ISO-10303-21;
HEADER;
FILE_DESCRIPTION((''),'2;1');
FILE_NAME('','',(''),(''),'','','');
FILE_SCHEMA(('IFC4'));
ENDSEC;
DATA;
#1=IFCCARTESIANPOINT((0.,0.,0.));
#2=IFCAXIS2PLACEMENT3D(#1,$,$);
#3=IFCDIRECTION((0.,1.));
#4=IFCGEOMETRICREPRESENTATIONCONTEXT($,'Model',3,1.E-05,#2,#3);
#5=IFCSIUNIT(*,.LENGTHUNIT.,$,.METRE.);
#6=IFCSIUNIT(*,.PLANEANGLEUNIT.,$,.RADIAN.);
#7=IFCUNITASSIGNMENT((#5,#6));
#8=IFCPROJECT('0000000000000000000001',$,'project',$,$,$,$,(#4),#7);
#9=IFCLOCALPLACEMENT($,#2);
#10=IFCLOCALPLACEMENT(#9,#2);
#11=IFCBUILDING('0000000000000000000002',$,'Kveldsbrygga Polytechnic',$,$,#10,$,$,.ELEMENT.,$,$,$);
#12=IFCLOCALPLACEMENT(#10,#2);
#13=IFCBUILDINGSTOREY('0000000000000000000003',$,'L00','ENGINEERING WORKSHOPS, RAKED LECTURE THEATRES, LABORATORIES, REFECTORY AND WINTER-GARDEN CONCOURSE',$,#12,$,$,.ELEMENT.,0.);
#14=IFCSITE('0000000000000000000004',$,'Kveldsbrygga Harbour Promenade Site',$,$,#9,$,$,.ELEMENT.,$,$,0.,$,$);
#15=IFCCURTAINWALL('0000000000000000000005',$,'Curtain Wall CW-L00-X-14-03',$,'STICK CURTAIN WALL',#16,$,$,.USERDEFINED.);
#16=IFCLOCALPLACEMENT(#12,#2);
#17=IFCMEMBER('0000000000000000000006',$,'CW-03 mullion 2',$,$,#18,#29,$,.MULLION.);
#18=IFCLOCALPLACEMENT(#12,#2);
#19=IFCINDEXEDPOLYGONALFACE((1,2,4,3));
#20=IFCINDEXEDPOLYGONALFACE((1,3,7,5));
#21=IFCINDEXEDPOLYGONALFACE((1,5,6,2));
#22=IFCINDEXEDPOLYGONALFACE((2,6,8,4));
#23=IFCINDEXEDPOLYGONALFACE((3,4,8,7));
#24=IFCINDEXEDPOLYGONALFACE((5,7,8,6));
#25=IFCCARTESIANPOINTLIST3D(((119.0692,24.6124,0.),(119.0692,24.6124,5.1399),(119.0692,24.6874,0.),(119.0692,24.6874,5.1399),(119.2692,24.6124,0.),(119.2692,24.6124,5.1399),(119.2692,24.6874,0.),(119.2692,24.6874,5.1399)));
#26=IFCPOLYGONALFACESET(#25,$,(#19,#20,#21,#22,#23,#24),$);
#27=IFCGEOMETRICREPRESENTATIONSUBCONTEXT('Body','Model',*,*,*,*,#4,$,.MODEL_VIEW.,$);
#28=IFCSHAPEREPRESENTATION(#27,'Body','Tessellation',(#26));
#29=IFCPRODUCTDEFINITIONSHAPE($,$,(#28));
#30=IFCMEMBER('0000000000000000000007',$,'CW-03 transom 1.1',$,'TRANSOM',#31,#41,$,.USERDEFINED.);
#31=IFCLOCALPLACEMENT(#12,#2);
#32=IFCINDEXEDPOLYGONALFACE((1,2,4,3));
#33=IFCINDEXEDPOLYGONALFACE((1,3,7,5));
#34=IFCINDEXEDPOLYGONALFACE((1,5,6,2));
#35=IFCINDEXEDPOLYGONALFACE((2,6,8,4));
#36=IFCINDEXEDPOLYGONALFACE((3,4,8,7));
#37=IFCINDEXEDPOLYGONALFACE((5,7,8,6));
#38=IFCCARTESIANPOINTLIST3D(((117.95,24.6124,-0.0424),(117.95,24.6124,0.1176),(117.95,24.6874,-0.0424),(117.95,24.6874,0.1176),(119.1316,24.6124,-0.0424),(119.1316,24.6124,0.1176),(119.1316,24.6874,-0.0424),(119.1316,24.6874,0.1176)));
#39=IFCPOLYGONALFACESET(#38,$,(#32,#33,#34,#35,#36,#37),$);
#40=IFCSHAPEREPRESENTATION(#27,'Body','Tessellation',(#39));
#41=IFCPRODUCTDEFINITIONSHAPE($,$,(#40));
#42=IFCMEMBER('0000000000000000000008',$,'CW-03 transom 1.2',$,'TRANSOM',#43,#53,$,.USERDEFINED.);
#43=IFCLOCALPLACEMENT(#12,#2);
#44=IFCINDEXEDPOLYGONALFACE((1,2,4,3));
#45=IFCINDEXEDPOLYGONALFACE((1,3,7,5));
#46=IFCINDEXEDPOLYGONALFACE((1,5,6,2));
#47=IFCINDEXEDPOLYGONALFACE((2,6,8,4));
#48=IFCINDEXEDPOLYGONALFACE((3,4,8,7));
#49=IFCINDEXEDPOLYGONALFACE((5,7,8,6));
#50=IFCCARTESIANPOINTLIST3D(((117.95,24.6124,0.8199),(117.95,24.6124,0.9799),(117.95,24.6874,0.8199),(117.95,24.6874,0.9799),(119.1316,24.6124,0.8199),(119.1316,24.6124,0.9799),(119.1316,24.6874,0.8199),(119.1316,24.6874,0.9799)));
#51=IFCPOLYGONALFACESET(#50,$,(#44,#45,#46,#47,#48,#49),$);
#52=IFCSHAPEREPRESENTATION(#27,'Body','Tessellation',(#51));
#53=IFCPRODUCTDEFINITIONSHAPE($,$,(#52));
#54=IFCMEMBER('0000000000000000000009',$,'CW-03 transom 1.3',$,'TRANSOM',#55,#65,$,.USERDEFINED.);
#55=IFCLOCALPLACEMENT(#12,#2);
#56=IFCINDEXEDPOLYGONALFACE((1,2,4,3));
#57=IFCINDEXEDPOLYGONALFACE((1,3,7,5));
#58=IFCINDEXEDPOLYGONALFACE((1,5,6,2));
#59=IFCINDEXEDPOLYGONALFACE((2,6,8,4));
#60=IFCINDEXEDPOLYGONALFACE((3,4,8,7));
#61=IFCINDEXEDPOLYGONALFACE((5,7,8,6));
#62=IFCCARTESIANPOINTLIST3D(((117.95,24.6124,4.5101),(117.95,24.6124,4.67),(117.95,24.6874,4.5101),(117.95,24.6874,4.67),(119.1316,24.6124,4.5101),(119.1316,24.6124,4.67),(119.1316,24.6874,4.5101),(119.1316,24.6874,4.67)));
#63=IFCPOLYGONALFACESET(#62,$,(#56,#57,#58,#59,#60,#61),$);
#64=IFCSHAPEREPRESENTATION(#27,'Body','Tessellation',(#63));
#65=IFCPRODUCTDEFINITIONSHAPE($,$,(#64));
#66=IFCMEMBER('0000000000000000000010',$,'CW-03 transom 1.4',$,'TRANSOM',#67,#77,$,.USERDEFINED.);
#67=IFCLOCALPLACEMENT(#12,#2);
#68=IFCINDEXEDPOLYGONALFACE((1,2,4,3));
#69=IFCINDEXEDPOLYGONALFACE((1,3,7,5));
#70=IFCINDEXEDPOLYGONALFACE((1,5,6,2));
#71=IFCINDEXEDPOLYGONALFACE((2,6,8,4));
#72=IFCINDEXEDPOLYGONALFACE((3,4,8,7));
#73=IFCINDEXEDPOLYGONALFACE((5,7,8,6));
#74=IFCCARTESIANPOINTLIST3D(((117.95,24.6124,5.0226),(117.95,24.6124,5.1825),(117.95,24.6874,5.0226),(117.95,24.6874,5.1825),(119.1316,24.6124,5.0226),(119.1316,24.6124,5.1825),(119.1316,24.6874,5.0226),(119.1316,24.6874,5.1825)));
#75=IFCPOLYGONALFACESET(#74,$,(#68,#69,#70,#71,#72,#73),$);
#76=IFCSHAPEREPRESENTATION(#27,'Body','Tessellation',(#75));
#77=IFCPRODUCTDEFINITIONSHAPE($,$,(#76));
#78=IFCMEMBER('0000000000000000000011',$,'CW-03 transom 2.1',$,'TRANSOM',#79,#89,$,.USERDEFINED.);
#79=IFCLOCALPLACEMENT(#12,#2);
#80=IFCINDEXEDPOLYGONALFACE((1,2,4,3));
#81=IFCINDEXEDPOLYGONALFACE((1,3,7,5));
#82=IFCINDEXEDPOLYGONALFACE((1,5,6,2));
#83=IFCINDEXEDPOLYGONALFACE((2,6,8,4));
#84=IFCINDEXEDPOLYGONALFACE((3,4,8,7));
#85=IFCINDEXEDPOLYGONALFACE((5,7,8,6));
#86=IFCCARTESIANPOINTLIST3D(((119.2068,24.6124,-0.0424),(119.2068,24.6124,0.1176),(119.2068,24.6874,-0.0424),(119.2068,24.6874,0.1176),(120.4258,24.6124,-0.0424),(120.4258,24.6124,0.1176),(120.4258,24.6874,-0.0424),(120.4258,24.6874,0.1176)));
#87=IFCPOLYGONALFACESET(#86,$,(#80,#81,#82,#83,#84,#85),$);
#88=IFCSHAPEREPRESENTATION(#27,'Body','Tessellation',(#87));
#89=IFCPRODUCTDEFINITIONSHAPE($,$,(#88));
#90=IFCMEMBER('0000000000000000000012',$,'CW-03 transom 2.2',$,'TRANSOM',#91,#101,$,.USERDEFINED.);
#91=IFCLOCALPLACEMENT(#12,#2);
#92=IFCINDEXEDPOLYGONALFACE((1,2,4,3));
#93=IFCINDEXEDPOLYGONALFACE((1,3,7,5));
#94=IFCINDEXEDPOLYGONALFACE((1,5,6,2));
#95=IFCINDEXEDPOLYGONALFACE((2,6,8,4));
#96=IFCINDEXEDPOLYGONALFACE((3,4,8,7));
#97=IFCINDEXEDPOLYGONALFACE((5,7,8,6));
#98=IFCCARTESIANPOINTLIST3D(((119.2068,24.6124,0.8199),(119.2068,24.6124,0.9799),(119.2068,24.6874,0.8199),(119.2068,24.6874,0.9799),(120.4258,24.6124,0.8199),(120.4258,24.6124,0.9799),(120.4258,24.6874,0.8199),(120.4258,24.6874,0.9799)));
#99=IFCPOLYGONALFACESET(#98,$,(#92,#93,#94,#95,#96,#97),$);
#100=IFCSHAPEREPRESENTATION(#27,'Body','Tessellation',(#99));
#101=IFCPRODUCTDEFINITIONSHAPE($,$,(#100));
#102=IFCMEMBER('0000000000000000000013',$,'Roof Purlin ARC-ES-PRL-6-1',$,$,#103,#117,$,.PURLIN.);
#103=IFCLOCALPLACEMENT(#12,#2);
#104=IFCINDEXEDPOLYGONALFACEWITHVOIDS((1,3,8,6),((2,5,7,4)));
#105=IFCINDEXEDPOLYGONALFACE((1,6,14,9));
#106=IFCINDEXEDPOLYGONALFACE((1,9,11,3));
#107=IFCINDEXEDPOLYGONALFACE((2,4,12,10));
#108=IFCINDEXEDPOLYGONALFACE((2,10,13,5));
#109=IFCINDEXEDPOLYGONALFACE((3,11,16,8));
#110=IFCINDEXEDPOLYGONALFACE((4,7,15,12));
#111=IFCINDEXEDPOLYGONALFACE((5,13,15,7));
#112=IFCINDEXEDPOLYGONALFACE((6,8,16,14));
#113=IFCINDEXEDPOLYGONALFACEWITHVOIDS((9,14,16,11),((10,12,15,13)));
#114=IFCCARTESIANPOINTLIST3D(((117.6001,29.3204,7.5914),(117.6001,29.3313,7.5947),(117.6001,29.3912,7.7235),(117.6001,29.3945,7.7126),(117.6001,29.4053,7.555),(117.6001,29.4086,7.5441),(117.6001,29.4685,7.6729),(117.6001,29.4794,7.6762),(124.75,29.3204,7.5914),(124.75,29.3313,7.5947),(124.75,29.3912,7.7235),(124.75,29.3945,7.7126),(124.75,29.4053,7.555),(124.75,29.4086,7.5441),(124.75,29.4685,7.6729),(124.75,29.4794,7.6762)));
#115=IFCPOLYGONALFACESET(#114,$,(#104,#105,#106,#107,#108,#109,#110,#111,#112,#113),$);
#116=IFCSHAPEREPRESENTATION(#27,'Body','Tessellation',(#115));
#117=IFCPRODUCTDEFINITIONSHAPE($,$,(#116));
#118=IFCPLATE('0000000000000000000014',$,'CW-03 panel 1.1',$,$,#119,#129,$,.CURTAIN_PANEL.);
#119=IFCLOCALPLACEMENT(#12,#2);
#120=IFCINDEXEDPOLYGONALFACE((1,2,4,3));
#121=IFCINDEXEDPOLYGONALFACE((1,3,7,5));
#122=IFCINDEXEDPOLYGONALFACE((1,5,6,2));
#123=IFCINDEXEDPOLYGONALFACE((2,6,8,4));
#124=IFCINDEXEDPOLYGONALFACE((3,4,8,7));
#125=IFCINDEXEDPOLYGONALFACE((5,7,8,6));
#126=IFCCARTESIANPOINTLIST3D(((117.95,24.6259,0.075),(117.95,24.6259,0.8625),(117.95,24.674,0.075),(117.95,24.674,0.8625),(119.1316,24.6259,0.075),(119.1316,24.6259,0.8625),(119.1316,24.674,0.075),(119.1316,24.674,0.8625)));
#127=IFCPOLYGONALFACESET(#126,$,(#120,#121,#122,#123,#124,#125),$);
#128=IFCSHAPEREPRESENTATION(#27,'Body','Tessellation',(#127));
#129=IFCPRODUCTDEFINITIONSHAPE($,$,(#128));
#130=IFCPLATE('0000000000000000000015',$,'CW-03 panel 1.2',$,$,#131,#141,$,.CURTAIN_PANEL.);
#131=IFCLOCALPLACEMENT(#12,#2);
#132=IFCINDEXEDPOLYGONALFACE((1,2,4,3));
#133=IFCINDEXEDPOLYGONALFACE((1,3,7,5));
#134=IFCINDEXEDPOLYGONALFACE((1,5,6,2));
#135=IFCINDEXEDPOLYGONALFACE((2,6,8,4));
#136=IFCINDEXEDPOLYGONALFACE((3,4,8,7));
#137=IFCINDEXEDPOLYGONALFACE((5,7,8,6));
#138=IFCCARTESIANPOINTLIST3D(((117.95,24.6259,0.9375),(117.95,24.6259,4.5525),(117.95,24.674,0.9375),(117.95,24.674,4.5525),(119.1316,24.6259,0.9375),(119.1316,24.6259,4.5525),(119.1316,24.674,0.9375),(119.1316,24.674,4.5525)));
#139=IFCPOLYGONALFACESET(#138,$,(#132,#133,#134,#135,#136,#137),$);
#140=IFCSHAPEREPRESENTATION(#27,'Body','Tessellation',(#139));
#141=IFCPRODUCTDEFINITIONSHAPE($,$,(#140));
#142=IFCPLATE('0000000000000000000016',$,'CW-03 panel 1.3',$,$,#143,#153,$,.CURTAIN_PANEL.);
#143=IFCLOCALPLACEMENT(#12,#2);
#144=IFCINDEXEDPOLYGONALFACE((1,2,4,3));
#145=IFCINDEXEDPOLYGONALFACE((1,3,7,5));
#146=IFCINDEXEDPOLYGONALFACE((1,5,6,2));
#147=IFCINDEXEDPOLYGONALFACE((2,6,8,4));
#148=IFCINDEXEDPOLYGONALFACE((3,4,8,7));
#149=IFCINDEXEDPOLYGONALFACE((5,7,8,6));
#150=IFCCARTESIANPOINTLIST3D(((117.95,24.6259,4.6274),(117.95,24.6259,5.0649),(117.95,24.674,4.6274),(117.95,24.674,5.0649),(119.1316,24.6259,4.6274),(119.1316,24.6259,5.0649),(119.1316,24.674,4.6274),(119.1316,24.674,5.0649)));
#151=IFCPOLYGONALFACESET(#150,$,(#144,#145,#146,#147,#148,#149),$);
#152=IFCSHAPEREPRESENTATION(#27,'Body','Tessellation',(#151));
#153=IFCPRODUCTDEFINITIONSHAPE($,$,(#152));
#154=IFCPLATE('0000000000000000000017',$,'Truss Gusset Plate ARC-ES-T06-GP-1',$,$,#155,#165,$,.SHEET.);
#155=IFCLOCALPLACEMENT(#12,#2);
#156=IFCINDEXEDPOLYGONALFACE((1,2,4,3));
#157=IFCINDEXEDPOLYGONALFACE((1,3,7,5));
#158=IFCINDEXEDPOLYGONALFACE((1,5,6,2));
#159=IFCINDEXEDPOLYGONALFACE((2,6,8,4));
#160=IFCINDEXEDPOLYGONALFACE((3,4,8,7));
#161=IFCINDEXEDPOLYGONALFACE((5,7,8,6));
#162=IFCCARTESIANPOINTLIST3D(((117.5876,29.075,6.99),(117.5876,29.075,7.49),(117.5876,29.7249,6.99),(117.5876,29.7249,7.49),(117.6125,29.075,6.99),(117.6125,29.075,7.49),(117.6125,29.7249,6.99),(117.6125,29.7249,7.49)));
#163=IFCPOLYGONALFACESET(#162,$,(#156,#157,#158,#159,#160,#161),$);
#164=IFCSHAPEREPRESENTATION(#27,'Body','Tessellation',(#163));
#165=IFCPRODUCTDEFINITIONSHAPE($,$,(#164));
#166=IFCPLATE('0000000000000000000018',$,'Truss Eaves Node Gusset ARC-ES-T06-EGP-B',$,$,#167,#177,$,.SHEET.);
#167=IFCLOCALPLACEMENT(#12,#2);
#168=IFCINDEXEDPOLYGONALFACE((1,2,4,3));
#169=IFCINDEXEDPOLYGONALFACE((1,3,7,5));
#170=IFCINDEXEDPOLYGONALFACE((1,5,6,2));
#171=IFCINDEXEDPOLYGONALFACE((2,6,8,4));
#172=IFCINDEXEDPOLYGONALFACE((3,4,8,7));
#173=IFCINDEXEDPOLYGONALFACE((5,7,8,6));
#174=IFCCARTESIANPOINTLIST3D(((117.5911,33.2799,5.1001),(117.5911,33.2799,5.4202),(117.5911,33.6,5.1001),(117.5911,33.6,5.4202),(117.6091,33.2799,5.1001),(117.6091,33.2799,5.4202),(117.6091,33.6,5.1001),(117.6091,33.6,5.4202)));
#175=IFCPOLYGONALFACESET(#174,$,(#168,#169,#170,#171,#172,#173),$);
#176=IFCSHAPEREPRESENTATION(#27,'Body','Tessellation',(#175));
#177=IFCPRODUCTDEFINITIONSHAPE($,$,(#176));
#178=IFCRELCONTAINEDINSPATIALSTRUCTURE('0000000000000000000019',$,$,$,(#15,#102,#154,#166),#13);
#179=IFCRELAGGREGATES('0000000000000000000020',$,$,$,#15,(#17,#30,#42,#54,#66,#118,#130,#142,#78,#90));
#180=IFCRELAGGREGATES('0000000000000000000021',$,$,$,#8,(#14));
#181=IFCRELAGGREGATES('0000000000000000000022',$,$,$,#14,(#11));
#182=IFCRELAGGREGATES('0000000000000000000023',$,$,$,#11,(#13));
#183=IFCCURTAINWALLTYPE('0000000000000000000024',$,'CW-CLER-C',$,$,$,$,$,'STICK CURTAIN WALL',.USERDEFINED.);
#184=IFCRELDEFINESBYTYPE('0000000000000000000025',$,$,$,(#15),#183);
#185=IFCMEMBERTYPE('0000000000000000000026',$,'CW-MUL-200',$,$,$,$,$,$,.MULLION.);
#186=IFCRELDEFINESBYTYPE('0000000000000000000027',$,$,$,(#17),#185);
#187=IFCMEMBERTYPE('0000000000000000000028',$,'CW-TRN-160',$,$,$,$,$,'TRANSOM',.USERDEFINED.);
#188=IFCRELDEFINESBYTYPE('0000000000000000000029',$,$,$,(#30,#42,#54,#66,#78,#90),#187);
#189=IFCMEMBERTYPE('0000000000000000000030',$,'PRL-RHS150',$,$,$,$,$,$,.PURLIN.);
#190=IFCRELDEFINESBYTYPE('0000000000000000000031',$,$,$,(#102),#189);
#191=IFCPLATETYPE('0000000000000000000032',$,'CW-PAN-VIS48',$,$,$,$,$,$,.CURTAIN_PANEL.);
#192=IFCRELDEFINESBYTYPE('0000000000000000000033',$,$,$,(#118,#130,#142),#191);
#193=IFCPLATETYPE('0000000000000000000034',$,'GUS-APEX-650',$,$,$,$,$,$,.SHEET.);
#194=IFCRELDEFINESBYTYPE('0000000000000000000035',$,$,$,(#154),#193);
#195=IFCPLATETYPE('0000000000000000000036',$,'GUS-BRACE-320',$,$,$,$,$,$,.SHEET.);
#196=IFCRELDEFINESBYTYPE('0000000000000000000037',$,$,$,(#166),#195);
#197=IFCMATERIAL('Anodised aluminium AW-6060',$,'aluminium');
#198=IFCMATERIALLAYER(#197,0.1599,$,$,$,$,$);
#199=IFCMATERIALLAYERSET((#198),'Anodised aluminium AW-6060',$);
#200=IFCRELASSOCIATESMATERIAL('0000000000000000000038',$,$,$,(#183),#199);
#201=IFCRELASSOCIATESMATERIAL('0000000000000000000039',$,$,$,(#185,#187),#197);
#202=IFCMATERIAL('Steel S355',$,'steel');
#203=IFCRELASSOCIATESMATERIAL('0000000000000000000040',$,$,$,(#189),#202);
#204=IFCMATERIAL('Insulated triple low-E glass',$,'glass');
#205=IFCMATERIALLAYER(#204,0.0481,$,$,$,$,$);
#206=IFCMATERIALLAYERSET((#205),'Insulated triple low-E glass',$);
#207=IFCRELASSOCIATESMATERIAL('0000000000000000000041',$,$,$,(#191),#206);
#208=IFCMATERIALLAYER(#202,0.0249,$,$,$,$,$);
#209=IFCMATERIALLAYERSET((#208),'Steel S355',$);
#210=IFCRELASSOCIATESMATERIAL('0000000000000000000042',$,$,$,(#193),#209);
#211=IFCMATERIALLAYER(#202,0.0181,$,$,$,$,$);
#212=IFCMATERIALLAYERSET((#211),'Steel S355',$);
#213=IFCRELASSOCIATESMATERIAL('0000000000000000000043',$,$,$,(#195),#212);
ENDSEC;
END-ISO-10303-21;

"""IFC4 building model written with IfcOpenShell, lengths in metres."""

from ifc_helpers import new_model, si_unit, direction, frame, origin, origin_2d, place, context, subcontext, project, spatial, rectangle, hollow_rectangle, extrude, material, layer, layer_set, material_profile, profile_set, type_object, element, aggregate, save


model = new_model("IFC4")

# Units and contexts
model_context = context("Model", 3, precision=1e-05, world=origin(), true_north=direction((0.0, 1.0)))
body_context = subcontext(model_context, "Body", "Model", "MODEL_VIEW")
ifc_project = project(units=[si_unit("LENGTHUNIT", "METRE"), si_unit("PLANEANGLEUNIT", "RADIAN")], contexts=[model_context])

# Site, building, storey
site_placement = place(None, origin())
site = spatial("IfcSite", under=ifc_project, at=site_placement, Name="Kveldsbrygga Harbour Promenade Site", CompositionType="ELEMENT", RefElevation=0.0)
building_placement = place(site_placement, origin())
building = spatial("IfcBuilding", under=site, at=building_placement, Name="Kveldsbrygga Polytechnic", CompositionType="ELEMENT")
storey_placement = place(building_placement, origin())
storey = spatial("IfcBuildingStorey", under=building, at=storey_placement, Name="L00", Description="ENGINEERING WORKSHOPS, RAKED LECTURE THEATRES, LABORATORIES, REFECTORY AND WINTER-GARDEN CONCOURSE", CompositionType="ELEMENT", Elevation=0.0)

# Curtain wall, members
ifc_material_1 = material(Name="Anodised aluminium AW-6060", Category="aluminium")
ifc_layer_1 = layer(ifc_material_1, 0.1599)
ifc_layer_set_1 = layer_set([ifc_layer_1], Name="Anodised aluminium AW-6060")
curtain_wall_type = type_object("IfcCurtainWallType", Name="CW-CLER-C", ElementType="STICK CURTAIN WALL", PredefinedType="USERDEFINED", material=ifc_layer_set_1)
curtain_wall_placement = place(storey_placement, origin())
curtain_wall = element("IfcCurtainWall", 1, at=curtain_wall_placement, inside=storey, type_object=curtain_wall_type, Name="Curtain Wall CW-L00-X-14-03", ObjectType="STICK CURTAIN WALL", PredefinedType="USERDEFINED")
ifc_material_profile_1 = material_profile(ifc_material_1, rectangle(XDim=0.075, YDim=0.2, at=origin_2d()), Name="ALU 75x200")
ifc_profile_set_1 = profile_set([ifc_material_profile_1], Name="Anodised aluminium AW-6060")
member_type_1 = type_object("IfcMemberType", Name="CW-MUL-200", PredefinedType="MULLION", material=ifc_profile_set_1)
member_1_placement = place(storey_placement, frame((119.1692, 24.6499, 0.0), z_axis=(0.0, 0.0, 1.0), x_axis=(0.0, 1.0, 0.0)))
member_1 = element("IfcMember", 2, at=member_1_placement, type_object=member_type_1, Name="CW-03 mullion 2", PredefinedType="MULLION", context=body_context, shape_type="SweptSolid", body=[
    extrude(rectangle(XDim=0.075, YDim=0.2, at=origin_2d()), origin(), (0.0, 0.0, 1.0), 5.1399),
])
ifc_material_profile_2 = material_profile(ifc_material_1, rectangle(XDim=0.075, YDim=0.1599, at=origin_2d()), Name="ALU 75x160")
ifc_profile_set_2 = profile_set([ifc_material_profile_2], Name="Anodised aluminium AW-6060")
member_type_2 = type_object("IfcMemberType", Name="CW-TRN-160", ElementType="TRANSOM", PredefinedType="USERDEFINED", material=ifc_profile_set_2)
member_2_placement = place(storey_placement, frame((117.95, 24.6499, 0.0376), z_axis=(1.0, 0.0, 0.0), x_axis=(0.0, 1.0, 0.0)))
member_2 = element("IfcMember", 3, at=member_2_placement, type_object=member_type_2, Name="CW-03 transom 1.1", ObjectType="TRANSOM", PredefinedType="USERDEFINED", context=body_context, shape_type="SweptSolid", body=[
    extrude(rectangle(XDim=0.075, YDim=0.1599, at=origin_2d()), origin(), (0.0, 0.0, 1.0), 1.1816),
])
member_3_placement = place(storey_placement, frame((117.95, 24.6499, 0.8999), z_axis=(1.0, 0.0, 0.0), x_axis=(0.0, 1.0, 0.0)))
member_3 = element("IfcMember", 4, at=member_3_placement, type_object=member_type_2, Name="CW-03 transom 1.2", ObjectType="TRANSOM", PredefinedType="USERDEFINED", context=body_context, shape_type="SweptSolid", body=[
    extrude(rectangle(XDim=0.075, YDim=0.1599, at=origin_2d()), origin(), (0.0, 0.0, 1.0), 1.1816),
])
member_4_placement = place(storey_placement, frame((117.95, 24.6499, 4.5901), z_axis=(1.0, 0.0, 0.0), x_axis=(0.0, 1.0, 0.0)))
member_4 = element("IfcMember", 5, at=member_4_placement, type_object=member_type_2, Name="CW-03 transom 1.3", ObjectType="TRANSOM", PredefinedType="USERDEFINED", context=body_context, shape_type="SweptSolid", body=[
    extrude(rectangle(XDim=0.075, YDim=0.1599, at=origin_2d()), origin(), (0.0, 0.0, 1.0), 1.1816),
])
member_5_placement = place(storey_placement, frame((117.95, 24.6499, 5.1025), z_axis=(1.0, 0.0, 0.0), x_axis=(0.0, 1.0, 0.0)))
member_5 = element("IfcMember", 6, at=member_5_placement, type_object=member_type_2, Name="CW-03 transom 1.4", ObjectType="TRANSOM", PredefinedType="USERDEFINED", context=body_context, shape_type="SweptSolid", body=[
    extrude(rectangle(XDim=0.075, YDim=0.1599, at=origin_2d()), origin(), (0.0, 0.0, 1.0), 1.1816),
])
member_6_placement = place(storey_placement, frame((119.2068, 24.6499, 0.0376), z_axis=(1.0, 0.0, 0.0), x_axis=(0.0, 1.0, 0.0)))
member_6 = element("IfcMember", 7, at=member_6_placement, type_object=member_type_2, Name="CW-03 transom 2.1", ObjectType="TRANSOM", PredefinedType="USERDEFINED", context=body_context, shape_type="SweptSolid", body=[
    extrude(rectangle(XDim=0.075, YDim=0.1599, at=origin_2d()), origin(), (0.0, 0.0, 1.0), 1.219),
])
member_7_placement = place(storey_placement, frame((119.2068, 24.6499, 0.8999), z_axis=(1.0, 0.0, 0.0), x_axis=(0.0, 1.0, 0.0)))
member_7 = element("IfcMember", 8, at=member_7_placement, type_object=member_type_2, Name="CW-03 transom 2.2", ObjectType="TRANSOM", PredefinedType="USERDEFINED", context=body_context, shape_type="SweptSolid", body=[
    extrude(rectangle(XDim=0.075, YDim=0.1599, at=origin_2d()), origin(), (0.0, 0.0, 1.0), 1.219),
])

# Member
ifc_material_2 = material(Name="Steel S355", Category="steel")
ifc_material_profile_3 = material_profile(ifc_material_2, hollow_rectangle(XDim=0.1001, YDim=0.1499, WallThickness=0.0081, at=origin_2d()), Name="RHS 150x100x8.0")
ifc_profile_set_3 = profile_set([ifc_material_profile_3], Name="Steel S355")
member_type_3 = type_object("IfcMemberType", Name="PRL-RHS150", PredefinedType="PURLIN", material=ifc_profile_set_3)
member_8_placement = place(storey_placement, frame((117.6001, 29.3999, 7.6338), z_axis=(1.0, 0.0, 0.0), x_axis=(0.0, 0.88148, -0.472222)))
element("IfcMember", 9, at=member_8_placement, inside=storey, type_object=member_type_3, Name="Roof Purlin ARC-ES-PRL-6-1", PredefinedType="PURLIN", context=body_context, shape_type="SweptSolid", body=[
    extrude(hollow_rectangle(XDim=0.1001, YDim=0.1499, WallThickness=0.0081, at=origin_2d()), origin(), (0.0, 0.0, 1.0), 7.1499),
])

# Plates
ifc_material_3 = material(Name="Insulated triple low-E glass", Category="glass")
ifc_layer_2 = layer(ifc_material_3, 0.0481)
ifc_layer_set_2 = layer_set([ifc_layer_2], Name="Insulated triple low-E glass")
plate_type_1 = type_object("IfcPlateType", Name="CW-PAN-VIS48", PredefinedType="CURTAIN_PANEL", material=ifc_layer_set_2)
plate_1_placement = place(storey_placement, frame((118.5408, 24.6499, 0.075), z_axis=(0.0, 0.0, 1.0), x_axis=(1.0, 0.0, 0.0)))
plate_1 = element("IfcPlate", 10, at=plate_1_placement, type_object=plate_type_1, Name="CW-03 panel 1.1", PredefinedType="CURTAIN_PANEL", context=body_context, shape_type="SweptSolid", body=[
    extrude(rectangle(XDim=1.1816, YDim=0.0481, at=origin_2d()), origin(), (0.0, 0.0, 1.0), 0.7876),
])
plate_2_placement = place(storey_placement, frame((118.5408, 24.6499, 0.9375), z_axis=(0.0, 0.0, 1.0), x_axis=(1.0, 0.0, 0.0)))
plate_2 = element("IfcPlate", 11, at=plate_2_placement, type_object=plate_type_1, Name="CW-03 panel 1.2", PredefinedType="CURTAIN_PANEL", context=body_context, shape_type="SweptSolid", body=[
    extrude(rectangle(XDim=1.1816, YDim=0.0481, at=origin_2d()), origin(), (0.0, 0.0, 1.0), 3.615),
])
plate_3_placement = place(storey_placement, frame((118.5408, 24.6499, 4.6274), z_axis=(0.0, 0.0, 1.0), x_axis=(1.0, 0.0, 0.0)))
plate_3 = element("IfcPlate", 12, at=plate_3_placement, type_object=plate_type_1, Name="CW-03 panel 1.3", PredefinedType="CURTAIN_PANEL", context=body_context, shape_type="SweptSolid", body=[
    extrude(rectangle(XDim=1.1816, YDim=0.0481, at=origin_2d()), origin(), (0.0, 0.0, 1.0), 0.4375),
])
aggregate(curtain_wall, [member_1, member_2, member_3, member_4, member_5, plate_1, plate_2, plate_3, member_6, member_7])

# Plates
ifc_layer_3 = layer(ifc_material_2, 0.0249)
ifc_layer_set_3 = layer_set([ifc_layer_3], Name="Steel S355")
plate_type_2 = type_object("IfcPlateType", Name="GUS-APEX-650", PredefinedType="SHEET", material=ifc_layer_set_3)
plate_4_placement = place(storey_placement, frame((117.6001, 29.3999, 6.99), z_axis=(0.0, 0.0, 1.0), x_axis=(1.0, 0.0, 0.0)))
element("IfcPlate", 13, at=plate_4_placement, inside=storey, type_object=plate_type_2, Name="Truss Gusset Plate ARC-ES-T06-GP-1", PredefinedType="SHEET", context=body_context, shape_type="SweptSolid", body=[
    extrude(rectangle(XDim=0.0249, YDim=0.6499, at=origin_2d()), origin(), (0.0, 0.0, 1.0), 0.5),
])
ifc_layer_4 = layer(ifc_material_2, 0.0181)
ifc_layer_set_4 = layer_set([ifc_layer_4], Name="Steel S355")
plate_type_3 = type_object("IfcPlateType", Name="GUS-BRACE-320", PredefinedType="SHEET", material=ifc_layer_set_4)
plate_5_placement = place(storey_placement, frame((117.6001, 33.4399, 5.1001), z_axis=(0.0, 0.0, 1.0), x_axis=(1.0, 0.0, 0.0)))
element("IfcPlate", 14, at=plate_5_placement, inside=storey, type_object=plate_type_3, Name="Truss Eaves Node Gusset ARC-ES-T06-EGP-B", PredefinedType="SHEET", context=body_context, shape_type="SweptSolid", body=[
    extrude(rectangle(XDim=0.0181, YDim=0.3201, at=origin_2d()), origin(), (0.0, 0.0, 1.0), 0.3201),
])

save(model, "model.ifc")
